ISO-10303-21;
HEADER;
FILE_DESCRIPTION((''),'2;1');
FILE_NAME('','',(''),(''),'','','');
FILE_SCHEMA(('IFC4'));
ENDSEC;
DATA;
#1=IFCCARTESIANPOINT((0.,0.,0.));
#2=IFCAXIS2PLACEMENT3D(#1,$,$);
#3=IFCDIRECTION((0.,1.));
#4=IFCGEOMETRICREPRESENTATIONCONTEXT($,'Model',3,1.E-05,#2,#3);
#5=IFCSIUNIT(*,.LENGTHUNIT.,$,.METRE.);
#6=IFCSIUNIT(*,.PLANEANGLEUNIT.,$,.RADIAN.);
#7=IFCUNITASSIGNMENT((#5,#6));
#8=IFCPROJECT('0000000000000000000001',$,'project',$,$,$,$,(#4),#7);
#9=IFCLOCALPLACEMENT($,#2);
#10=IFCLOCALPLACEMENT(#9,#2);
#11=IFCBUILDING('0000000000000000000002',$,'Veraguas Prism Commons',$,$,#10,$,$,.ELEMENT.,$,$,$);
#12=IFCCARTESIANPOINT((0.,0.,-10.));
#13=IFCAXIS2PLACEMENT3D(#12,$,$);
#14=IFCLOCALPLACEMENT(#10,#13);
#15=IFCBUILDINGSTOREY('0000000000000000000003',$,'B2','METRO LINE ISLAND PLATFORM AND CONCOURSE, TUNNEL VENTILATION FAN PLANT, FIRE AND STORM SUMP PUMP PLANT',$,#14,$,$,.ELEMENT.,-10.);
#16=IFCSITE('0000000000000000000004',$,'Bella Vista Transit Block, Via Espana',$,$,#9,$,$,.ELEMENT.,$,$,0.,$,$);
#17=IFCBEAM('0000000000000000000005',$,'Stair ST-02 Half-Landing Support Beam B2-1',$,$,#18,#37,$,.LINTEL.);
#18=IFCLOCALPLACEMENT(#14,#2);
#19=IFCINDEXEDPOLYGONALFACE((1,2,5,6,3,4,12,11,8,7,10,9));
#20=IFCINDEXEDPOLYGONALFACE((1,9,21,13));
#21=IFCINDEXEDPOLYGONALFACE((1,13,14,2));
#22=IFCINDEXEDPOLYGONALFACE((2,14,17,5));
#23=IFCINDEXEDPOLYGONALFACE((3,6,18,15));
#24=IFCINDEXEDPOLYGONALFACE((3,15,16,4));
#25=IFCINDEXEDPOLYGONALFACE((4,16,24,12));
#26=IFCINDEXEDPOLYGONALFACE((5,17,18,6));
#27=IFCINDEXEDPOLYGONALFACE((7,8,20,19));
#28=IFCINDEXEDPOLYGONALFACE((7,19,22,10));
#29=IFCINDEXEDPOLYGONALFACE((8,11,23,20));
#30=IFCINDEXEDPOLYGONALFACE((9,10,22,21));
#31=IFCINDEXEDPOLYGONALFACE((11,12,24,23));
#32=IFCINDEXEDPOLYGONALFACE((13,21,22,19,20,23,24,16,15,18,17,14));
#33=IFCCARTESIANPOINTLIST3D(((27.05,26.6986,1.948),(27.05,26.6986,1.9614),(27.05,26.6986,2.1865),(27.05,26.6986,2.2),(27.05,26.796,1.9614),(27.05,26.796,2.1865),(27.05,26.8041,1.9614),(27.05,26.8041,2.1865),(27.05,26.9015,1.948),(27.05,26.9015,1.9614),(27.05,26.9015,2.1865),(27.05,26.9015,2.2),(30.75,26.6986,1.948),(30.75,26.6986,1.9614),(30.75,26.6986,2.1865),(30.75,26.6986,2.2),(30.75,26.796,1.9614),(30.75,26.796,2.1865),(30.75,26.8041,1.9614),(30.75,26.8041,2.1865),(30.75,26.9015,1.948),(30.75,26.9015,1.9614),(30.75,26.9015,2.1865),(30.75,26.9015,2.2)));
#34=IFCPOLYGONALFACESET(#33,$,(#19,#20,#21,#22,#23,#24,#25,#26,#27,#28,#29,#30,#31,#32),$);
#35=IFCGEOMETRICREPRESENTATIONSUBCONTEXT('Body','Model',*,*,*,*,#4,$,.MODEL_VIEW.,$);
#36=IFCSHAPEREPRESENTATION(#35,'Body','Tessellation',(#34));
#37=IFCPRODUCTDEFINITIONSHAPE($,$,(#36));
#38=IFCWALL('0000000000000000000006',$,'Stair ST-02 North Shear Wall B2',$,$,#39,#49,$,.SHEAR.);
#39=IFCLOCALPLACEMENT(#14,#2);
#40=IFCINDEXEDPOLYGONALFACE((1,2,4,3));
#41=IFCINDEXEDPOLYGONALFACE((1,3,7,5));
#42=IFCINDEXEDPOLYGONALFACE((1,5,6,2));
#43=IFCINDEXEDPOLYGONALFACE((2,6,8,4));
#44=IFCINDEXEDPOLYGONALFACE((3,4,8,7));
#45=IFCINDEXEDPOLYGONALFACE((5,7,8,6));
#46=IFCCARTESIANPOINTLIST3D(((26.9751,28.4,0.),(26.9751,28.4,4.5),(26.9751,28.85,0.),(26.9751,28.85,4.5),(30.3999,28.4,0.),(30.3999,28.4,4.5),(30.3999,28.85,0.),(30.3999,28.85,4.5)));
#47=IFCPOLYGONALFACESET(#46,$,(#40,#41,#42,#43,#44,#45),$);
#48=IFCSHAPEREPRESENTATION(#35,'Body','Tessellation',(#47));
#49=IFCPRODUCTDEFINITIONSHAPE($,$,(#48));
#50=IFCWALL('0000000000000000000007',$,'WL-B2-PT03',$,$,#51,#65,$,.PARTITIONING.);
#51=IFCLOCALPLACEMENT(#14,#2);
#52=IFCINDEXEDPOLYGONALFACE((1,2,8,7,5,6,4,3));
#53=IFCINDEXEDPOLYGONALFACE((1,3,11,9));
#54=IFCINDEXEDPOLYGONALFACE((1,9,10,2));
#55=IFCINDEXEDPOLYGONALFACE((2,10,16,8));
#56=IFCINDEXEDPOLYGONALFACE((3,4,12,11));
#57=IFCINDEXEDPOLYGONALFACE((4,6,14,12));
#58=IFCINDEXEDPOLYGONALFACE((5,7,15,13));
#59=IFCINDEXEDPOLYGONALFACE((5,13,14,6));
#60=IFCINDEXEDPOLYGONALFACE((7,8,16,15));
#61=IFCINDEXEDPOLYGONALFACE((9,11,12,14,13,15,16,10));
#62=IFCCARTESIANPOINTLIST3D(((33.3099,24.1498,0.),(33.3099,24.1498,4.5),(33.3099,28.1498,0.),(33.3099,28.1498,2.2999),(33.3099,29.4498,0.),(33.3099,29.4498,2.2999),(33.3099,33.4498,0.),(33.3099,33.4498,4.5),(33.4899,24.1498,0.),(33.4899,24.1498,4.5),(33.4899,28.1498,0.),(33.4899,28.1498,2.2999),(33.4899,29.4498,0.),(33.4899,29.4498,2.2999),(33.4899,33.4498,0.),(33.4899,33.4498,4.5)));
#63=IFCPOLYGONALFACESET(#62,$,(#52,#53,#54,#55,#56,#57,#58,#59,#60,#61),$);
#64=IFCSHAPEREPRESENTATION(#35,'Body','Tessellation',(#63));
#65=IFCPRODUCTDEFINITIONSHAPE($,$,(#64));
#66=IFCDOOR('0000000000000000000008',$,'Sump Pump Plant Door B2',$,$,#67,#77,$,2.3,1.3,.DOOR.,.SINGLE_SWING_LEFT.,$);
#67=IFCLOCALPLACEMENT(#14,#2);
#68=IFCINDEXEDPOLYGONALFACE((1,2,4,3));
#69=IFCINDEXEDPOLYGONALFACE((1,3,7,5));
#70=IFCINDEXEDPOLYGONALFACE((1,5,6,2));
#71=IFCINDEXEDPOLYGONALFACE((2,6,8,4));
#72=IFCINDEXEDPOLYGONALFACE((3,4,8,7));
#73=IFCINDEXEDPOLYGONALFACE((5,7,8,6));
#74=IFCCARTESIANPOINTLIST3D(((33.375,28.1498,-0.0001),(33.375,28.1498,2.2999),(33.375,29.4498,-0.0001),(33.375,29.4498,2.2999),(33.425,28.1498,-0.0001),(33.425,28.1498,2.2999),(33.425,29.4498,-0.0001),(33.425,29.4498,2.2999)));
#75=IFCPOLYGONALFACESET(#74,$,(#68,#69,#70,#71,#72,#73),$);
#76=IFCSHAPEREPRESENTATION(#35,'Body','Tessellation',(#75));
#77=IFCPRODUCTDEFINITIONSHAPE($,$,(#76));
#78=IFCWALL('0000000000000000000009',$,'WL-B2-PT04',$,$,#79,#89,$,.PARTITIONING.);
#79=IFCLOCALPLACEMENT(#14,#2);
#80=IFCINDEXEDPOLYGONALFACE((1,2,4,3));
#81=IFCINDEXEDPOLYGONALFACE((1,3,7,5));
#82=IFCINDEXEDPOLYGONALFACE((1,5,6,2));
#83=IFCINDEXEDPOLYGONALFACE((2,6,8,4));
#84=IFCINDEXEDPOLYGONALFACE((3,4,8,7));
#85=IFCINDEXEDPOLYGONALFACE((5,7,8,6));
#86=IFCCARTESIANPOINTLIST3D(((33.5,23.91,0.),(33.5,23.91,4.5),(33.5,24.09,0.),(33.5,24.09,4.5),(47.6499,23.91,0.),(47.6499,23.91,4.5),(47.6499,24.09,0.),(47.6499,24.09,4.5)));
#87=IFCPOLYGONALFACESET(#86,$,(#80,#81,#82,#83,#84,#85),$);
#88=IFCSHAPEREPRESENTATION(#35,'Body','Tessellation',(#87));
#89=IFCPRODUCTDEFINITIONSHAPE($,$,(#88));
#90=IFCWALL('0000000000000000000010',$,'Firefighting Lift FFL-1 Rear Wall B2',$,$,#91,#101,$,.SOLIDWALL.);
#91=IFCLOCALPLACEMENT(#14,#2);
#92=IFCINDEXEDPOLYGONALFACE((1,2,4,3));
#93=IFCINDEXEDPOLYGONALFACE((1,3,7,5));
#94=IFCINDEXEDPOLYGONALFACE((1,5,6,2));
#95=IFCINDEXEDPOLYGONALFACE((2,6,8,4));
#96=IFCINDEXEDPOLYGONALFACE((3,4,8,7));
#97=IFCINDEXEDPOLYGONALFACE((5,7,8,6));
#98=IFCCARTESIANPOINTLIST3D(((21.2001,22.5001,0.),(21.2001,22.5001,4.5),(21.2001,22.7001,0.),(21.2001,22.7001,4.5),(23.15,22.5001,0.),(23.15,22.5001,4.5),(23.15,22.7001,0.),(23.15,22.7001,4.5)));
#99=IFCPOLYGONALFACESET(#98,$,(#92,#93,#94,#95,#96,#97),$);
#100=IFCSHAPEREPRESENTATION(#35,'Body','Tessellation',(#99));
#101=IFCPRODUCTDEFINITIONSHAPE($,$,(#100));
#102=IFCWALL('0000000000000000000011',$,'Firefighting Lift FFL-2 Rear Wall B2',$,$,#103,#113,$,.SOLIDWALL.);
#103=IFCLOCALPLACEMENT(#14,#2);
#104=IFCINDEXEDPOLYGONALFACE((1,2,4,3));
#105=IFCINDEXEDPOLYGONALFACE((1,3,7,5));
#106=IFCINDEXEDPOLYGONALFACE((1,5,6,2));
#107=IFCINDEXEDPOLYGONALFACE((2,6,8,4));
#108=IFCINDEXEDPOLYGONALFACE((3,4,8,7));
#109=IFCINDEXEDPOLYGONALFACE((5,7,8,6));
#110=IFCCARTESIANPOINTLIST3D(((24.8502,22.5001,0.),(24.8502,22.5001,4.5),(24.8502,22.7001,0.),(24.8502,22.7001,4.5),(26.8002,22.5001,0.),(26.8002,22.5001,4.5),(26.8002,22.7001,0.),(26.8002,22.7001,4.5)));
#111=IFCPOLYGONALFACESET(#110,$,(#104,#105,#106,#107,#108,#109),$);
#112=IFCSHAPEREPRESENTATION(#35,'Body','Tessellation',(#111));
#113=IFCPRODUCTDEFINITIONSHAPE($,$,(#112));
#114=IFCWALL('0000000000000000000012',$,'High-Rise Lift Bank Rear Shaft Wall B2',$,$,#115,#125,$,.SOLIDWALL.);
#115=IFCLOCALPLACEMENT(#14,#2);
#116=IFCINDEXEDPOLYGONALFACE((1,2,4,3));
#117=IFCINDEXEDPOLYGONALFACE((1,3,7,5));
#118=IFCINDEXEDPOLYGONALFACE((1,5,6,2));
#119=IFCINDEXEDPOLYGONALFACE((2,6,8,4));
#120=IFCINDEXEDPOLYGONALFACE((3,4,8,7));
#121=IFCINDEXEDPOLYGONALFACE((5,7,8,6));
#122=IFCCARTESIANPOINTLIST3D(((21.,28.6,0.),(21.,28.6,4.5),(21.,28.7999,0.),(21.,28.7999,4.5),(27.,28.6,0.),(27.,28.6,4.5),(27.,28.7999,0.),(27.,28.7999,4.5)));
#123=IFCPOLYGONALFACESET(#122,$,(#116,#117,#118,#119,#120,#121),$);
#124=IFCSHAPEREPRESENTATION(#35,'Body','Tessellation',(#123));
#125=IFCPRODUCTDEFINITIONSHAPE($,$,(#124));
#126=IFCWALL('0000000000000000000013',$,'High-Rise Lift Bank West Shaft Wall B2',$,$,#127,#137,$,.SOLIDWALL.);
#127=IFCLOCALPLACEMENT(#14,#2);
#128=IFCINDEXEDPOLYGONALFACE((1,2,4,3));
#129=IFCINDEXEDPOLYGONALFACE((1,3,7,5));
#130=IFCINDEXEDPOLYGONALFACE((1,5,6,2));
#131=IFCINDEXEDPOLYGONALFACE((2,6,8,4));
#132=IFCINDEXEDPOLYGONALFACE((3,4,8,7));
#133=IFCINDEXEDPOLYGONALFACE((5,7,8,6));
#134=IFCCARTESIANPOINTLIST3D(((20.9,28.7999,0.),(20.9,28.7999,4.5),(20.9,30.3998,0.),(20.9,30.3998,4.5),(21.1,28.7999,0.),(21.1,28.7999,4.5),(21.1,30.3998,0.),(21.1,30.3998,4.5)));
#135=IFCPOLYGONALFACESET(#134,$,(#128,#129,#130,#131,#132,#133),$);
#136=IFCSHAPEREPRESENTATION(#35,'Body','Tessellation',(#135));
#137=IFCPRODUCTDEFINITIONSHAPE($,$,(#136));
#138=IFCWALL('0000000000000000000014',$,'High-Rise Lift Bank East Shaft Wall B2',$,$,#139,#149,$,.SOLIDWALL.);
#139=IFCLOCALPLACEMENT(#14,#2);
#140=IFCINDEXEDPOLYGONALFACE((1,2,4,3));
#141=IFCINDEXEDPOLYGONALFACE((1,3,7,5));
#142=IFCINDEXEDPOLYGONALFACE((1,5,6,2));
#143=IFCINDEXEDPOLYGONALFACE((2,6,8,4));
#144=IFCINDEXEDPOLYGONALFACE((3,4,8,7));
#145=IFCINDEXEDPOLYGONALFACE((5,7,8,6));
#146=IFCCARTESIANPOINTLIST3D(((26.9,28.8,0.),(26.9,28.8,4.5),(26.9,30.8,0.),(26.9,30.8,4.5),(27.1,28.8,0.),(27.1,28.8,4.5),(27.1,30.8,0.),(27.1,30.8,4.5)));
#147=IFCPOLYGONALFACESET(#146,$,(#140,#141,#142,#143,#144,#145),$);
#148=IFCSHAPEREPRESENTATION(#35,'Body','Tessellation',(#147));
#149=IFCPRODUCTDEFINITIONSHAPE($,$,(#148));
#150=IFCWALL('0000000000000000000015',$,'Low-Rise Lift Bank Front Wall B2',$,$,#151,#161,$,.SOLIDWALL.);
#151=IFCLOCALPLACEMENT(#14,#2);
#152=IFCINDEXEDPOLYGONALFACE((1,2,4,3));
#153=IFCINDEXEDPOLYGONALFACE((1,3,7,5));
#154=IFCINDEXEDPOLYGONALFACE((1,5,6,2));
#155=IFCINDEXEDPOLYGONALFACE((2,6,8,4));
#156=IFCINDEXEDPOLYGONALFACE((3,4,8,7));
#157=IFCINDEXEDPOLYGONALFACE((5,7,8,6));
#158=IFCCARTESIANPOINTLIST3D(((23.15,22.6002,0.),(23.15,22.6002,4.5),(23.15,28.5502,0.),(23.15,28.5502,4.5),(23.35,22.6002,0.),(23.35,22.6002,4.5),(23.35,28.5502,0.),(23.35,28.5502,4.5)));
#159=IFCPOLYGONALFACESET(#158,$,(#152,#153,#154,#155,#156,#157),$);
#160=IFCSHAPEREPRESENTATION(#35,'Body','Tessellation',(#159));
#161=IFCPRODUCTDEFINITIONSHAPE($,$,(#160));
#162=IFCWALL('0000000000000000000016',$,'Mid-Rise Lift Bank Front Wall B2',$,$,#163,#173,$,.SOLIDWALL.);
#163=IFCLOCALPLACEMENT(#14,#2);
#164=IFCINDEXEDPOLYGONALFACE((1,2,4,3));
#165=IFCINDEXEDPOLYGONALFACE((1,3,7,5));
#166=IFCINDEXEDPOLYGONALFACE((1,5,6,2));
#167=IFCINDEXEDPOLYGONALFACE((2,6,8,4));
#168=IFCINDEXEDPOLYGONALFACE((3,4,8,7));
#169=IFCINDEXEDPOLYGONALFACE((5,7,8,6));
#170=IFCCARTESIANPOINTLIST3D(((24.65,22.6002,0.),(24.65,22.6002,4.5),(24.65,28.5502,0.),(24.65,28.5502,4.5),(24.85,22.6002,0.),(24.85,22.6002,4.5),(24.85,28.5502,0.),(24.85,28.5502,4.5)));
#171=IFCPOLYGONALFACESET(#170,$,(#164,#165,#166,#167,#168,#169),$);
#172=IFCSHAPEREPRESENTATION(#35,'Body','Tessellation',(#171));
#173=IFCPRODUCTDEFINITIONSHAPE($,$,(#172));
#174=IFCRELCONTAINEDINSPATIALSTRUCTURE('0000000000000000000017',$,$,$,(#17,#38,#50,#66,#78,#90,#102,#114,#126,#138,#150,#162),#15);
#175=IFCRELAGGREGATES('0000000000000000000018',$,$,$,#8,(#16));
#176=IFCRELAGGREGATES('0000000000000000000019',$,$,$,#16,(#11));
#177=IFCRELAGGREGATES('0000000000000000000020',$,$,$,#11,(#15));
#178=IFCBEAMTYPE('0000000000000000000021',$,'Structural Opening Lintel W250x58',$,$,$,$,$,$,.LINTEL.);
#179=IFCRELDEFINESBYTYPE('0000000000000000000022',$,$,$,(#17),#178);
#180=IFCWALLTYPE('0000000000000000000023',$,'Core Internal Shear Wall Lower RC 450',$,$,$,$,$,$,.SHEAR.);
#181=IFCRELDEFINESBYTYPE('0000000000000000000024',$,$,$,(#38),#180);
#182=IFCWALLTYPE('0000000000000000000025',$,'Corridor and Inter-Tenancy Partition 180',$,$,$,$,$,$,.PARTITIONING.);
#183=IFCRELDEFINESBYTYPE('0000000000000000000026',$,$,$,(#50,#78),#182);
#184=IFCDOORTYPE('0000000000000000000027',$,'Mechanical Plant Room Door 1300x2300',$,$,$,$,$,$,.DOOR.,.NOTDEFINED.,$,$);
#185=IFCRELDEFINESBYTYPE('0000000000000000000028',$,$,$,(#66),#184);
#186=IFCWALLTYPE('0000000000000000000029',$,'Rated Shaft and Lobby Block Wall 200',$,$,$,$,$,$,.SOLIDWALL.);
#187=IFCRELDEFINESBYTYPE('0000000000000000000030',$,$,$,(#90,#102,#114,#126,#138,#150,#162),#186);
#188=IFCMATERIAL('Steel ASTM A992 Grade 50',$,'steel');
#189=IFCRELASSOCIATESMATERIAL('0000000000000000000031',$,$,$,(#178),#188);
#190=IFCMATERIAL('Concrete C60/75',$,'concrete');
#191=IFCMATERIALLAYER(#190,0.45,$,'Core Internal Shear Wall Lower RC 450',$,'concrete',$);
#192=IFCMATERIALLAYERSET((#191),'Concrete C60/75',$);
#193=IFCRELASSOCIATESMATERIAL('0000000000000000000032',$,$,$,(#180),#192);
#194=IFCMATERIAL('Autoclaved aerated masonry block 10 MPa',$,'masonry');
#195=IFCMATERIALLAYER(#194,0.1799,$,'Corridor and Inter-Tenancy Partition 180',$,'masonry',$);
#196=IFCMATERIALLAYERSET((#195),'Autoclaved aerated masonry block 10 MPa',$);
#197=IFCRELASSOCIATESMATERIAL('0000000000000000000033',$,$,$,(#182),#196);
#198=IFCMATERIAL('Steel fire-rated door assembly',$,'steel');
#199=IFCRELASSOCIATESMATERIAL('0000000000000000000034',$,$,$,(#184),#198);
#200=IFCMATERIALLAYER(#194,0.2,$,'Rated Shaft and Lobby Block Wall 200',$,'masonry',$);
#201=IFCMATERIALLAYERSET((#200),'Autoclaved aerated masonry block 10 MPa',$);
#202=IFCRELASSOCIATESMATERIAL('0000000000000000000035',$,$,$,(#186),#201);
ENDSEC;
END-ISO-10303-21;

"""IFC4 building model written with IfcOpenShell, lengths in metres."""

from ifc_helpers import new_model, si_unit, direction, frame, frame_2d, origin, origin_2d, place, context, subcontext, project, spatial, rectangle, i_section, extrude, source, transform, mapped, material, layer, layer_set, material_profile, profile_set, type_object, element, fill, save


model = new_model("IFC4")

# Units and contexts
model_context = context("Model", 3, precision=1e-05, world=origin(), true_north=direction((0.0, 1.0)))
body_context = subcontext(model_context, "Body", "Model", "MODEL_VIEW")
ifc_project = project(units=[si_unit("LENGTHUNIT", "METRE"), si_unit("PLANEANGLEUNIT", "RADIAN")], contexts=[model_context])

# Site, building, storey
site_placement = place(None, origin())
site = spatial("IfcSite", under=ifc_project, at=site_placement, Name="Bella Vista Transit Block, Via Espana", CompositionType="ELEMENT", RefElevation=0.0)
building_placement = place(site_placement, origin())
building = spatial("IfcBuilding", under=site, at=building_placement, Name="Veraguas Prism Commons", CompositionType="ELEMENT")
storey_placement = place(building_placement, frame((0.0, 0.0, -10.0)))
storey = spatial("IfcBuildingStorey", under=building, at=storey_placement, Name="B2", Description="METRO LINE ISLAND PLATFORM AND CONCOURSE, TUNNEL VENTILATION FAN PLANT, FIRE AND STORM SUMP PUMP PLANT", CompositionType="ELEMENT", Elevation=-10.0)

# Shared definitions
ifc_material_1 = material(Name="Concrete C60/75", Category="concrete")

# Beam
ifc_material_2 = material(Name="Steel ASTM A992 Grade 50", Category="steel")
ifc_material_profile_1 = material_profile(ifc_material_2, i_section(OverallWidth=0.2029, OverallDepth=0.252, WebThickness=0.0081, FlangeThickness=0.0134, at=origin_2d()), Name="W250X58")
ifc_profile_set_1 = profile_set([ifc_material_profile_1], Name="Steel ASTM A992 Grade 50")
beam_type = type_object("IfcBeamType", Name="Structural Opening Lintel W250x58", PredefinedType="LINTEL", material=ifc_profile_set_1)
beam_placement = place(storey_placement, frame((27.05, 26.8, 2.074), z_axis=(1.0, 0.0, 0.0), x_axis=(0.0, 1.0, 0.0)))
element("IfcBeam", 1, at=beam_placement, inside=storey, type_object=beam_type, Name="Stair ST-02 Half-Landing Support Beam B2-1", PredefinedType="LINTEL", context=body_context, shape_type="SweptSolid", body=[
    extrude(i_section(OverallWidth=0.2029, OverallDepth=0.252, WebThickness=0.0081, FlangeThickness=0.0134, at=origin_2d()), origin(), (0.0, 0.0, 1.0), 3.7),
])

# Wall
ifc_layer_1 = layer(ifc_material_1, 0.45, Name="Core Internal Shear Wall Lower RC 450", Category="concrete")
ifc_layer_set_1 = layer_set([ifc_layer_1], Name="Concrete C60/75")
wall_type_1 = type_object("IfcWallType", Name="Core Internal Shear Wall Lower RC 450", PredefinedType="SHEAR", material=ifc_layer_set_1)
wall_1_placement = place(storey_placement, frame((26.9751, 28.625, 0.0), z_axis=(0.0, 0.0, 1.0), x_axis=(1.0, 0.0, 0.0)))
element("IfcWall", 2, at=wall_1_placement, inside=storey, type_object=wall_type_1, Name="Stair ST-02 North Shear Wall B2", PredefinedType="SHEAR", context=body_context, shape_type="SweptSolid", body=[
    extrude(rectangle(XDim=3.4248, YDim=0.45, at=frame_2d((1.7124, 0.0))), origin(), (0.0, 0.0, 1.0), 4.5),
])

# Wall, opening, door
ifc_material_3 = material(Name="Autoclaved aerated masonry block 10 MPa", Category="masonry")
ifc_layer_2 = layer(ifc_material_3, 0.1799, Name="Corridor and Inter-Tenancy Partition 180", Category="masonry")
ifc_layer_set_2 = layer_set([ifc_layer_2], Name="Autoclaved aerated masonry block 10 MPa")
wall_type_2 = type_object("IfcWallType", Name="Corridor and Inter-Tenancy Partition 180", PredefinedType="PARTITIONING", material=ifc_layer_set_2)
wall_2_placement = place(storey_placement, frame((33.3999, 24.1499, 0.0), z_axis=(0.0, 0.0, 1.0), x_axis=(0.0, 1.0, 0.0)))
wall_2 = element("IfcWall", 3, at=wall_2_placement, inside=storey, type_object=wall_type_2, Name="WL-B2-PT03", PredefinedType="PARTITIONING", context=body_context, shape_type="SweptSolid", body=[
    extrude(rectangle(XDim=9.3, YDim=0.1799, at=frame_2d((4.6499, 0.0))), origin(), (0.0, 0.0, 1.0), 4.5),
])
opening_placement = place(wall_2_placement, frame((4.0, 0.0, 0.0)))
opening = element("IfcOpeningElement", 4, at=opening_placement, cuts=wall_2, PredefinedType="OPENING", context=body_context, shape_type="SweptSolid", body=[
    extrude(rectangle(XDim=1.3, YDim=2.3, at=frame_2d((0.6499, 1.1499))), frame((0.0, 0.0999, 0.0), z_axis=(0.0, -1.0, 0.0), x_axis=(1.0, 0.0, 0.0)), (0.0, 0.0, 1.0), 0.2),
])
ifc_material_4 = material(Name="Steel fire-rated door assembly", Category="steel")
door_type = type_object("IfcDoorType", Name="Mechanical Plant Room Door 1300x2300", OperationType="NOTDEFINED", PredefinedType="DOOR", material=ifc_material_4)
shared_shape_1 = source(origin(), body_context, "Body", "SweptSolid", [
    extrude(rectangle(XDim=1.3, YDim=2.3, at=frame_2d((0.6499, 1.1499))), frame((0.0, 0.0249, 0.0), z_axis=(0.0, -1.0, 0.0), x_axis=(1.0, 0.0, 0.0)), (0.0, 0.0, 1.0), 0.05),
])
door_placement = place(opening_placement, origin())
door = element("IfcDoor", 5, at=door_placement, inside=storey, type_object=door_type, Name="Sump Pump Plant Door B2", OperationType="SINGLE_SWING_LEFT", OverallHeight=2.3, OverallWidth=1.3, PredefinedType="DOOR", context=body_context, shape_type="MappedRepresentation", body=[
    mapped(shared_shape_1, transform((0.0, 0.0, 0.0), scale=1.0)),
])
fill(opening, door)

# Walls
wall_3_placement = place(storey_placement, frame((33.5, 24.0, 0.0), z_axis=(0.0, 0.0, 1.0), x_axis=(1.0, 0.0, 0.0)))
element("IfcWall", 6, at=wall_3_placement, inside=storey, type_object=wall_type_2, Name="WL-B2-PT04", PredefinedType="PARTITIONING", context=body_context, shape_type="SweptSolid", body=[
    extrude(rectangle(XDim=14.1499, YDim=0.1799, at=frame_2d((7.075, 0.0))), origin(), (0.0, 0.0, 1.0), 4.5),
])
ifc_layer_3 = layer(ifc_material_3, 0.2, Name="Rated Shaft and Lobby Block Wall 200", Category="masonry")
ifc_layer_set_3 = layer_set([ifc_layer_3], Name="Autoclaved aerated masonry block 10 MPa")
wall_type_3 = type_object("IfcWallType", Name="Rated Shaft and Lobby Block Wall 200", PredefinedType="SOLIDWALL", material=ifc_layer_set_3)
for number, where, z_axis, x_axis, name in (
    (7, (21.2, 22.6001, 0.0), (0.0, 0.0, 1.0), (1.0, 0.0, 0.0), "Firefighting Lift FFL-1 Rear Wall B2"),
    (8, (24.8501, 22.6001, 0.0), (0.0, 0.0, 1.0), (1.0, 0.0, 0.0), "Firefighting Lift FFL-2 Rear Wall B2"),
):
    element("IfcWall", number, at=place(storey_placement, frame(where, z_axis=z_axis, x_axis=x_axis)), inside=storey, type_object=wall_type_3, Name=name, PredefinedType="SOLIDWALL", context=body_context, shape_type="SweptSolid", body=[
        extrude(rectangle(XDim=1.95, YDim=0.2, at=frame_2d((0.9751, 0.0))), origin(), (0.0, 0.0, 1.0), 4.5),
    ])
wall_4_placement = place(storey_placement, frame((21.0, 28.7, 0.0), z_axis=(0.0, 0.0, 1.0), x_axis=(1.0, 0.0, 0.0)))
element("IfcWall", 9, at=wall_4_placement, inside=storey, type_object=wall_type_3, Name="High-Rise Lift Bank Rear Shaft Wall B2", PredefinedType="SOLIDWALL", context=body_context, shape_type="SweptSolid", body=[
    extrude(rectangle(XDim=6.0, YDim=0.2, at=frame_2d((3.0, 0.0))), origin(), (0.0, 0.0, 1.0), 4.5),
])
wall_5_placement = place(storey_placement, frame((21.0, 28.8, 0.0), z_axis=(0.0, 0.0, 1.0), x_axis=(0.0, 1.0, 0.0)))
element("IfcWall", 10, at=wall_5_placement, inside=storey, type_object=wall_type_3, Name="High-Rise Lift Bank West Shaft Wall B2", PredefinedType="SOLIDWALL", context=body_context, shape_type="SweptSolid", body=[
    extrude(rectangle(XDim=1.5999, YDim=0.2, at=frame_2d((0.7998, 0.0))), origin(), (0.0, 0.0, 1.0), 4.5),
])
wall_6_placement = place(storey_placement, frame((27.0, 28.8, 0.0), z_axis=(0.0, 0.0, 1.0), x_axis=(0.0, 1.0, 0.0)))
element("IfcWall", 11, at=wall_6_placement, inside=storey, type_object=wall_type_3, Name="High-Rise Lift Bank East Shaft Wall B2", PredefinedType="SOLIDWALL", context=body_context, shape_type="SweptSolid", body=[
    extrude(rectangle(XDim=2.0, YDim=0.2, at=frame_2d((1.0, 0.0))), origin(), (0.0, 0.0, 1.0), 4.5),
])
for number, where, z_axis, x_axis, name in (
    (12, (23.25, 22.6001, 0.0), (0.0, 0.0, 1.0), (0.0, 1.0, 0.0), "Low-Rise Lift Bank Front Wall B2"),
    (13, (24.75, 22.6001, 0.0), (0.0, 0.0, 1.0), (0.0, 1.0, 0.0), "Mid-Rise Lift Bank Front Wall B2"),
):
    element("IfcWall", number, at=place(storey_placement, frame(where, z_axis=z_axis, x_axis=x_axis)), inside=storey, type_object=wall_type_3, Name=name, PredefinedType="SOLIDWALL", context=body_context, shape_type="SweptSolid", body=[
        extrude(rectangle(XDim=5.95, YDim=0.2, at=frame_2d((2.9751, 0.0))), origin(), (0.0, 0.0, 1.0), 4.5),
    ])

save(model, "model.ifc")
